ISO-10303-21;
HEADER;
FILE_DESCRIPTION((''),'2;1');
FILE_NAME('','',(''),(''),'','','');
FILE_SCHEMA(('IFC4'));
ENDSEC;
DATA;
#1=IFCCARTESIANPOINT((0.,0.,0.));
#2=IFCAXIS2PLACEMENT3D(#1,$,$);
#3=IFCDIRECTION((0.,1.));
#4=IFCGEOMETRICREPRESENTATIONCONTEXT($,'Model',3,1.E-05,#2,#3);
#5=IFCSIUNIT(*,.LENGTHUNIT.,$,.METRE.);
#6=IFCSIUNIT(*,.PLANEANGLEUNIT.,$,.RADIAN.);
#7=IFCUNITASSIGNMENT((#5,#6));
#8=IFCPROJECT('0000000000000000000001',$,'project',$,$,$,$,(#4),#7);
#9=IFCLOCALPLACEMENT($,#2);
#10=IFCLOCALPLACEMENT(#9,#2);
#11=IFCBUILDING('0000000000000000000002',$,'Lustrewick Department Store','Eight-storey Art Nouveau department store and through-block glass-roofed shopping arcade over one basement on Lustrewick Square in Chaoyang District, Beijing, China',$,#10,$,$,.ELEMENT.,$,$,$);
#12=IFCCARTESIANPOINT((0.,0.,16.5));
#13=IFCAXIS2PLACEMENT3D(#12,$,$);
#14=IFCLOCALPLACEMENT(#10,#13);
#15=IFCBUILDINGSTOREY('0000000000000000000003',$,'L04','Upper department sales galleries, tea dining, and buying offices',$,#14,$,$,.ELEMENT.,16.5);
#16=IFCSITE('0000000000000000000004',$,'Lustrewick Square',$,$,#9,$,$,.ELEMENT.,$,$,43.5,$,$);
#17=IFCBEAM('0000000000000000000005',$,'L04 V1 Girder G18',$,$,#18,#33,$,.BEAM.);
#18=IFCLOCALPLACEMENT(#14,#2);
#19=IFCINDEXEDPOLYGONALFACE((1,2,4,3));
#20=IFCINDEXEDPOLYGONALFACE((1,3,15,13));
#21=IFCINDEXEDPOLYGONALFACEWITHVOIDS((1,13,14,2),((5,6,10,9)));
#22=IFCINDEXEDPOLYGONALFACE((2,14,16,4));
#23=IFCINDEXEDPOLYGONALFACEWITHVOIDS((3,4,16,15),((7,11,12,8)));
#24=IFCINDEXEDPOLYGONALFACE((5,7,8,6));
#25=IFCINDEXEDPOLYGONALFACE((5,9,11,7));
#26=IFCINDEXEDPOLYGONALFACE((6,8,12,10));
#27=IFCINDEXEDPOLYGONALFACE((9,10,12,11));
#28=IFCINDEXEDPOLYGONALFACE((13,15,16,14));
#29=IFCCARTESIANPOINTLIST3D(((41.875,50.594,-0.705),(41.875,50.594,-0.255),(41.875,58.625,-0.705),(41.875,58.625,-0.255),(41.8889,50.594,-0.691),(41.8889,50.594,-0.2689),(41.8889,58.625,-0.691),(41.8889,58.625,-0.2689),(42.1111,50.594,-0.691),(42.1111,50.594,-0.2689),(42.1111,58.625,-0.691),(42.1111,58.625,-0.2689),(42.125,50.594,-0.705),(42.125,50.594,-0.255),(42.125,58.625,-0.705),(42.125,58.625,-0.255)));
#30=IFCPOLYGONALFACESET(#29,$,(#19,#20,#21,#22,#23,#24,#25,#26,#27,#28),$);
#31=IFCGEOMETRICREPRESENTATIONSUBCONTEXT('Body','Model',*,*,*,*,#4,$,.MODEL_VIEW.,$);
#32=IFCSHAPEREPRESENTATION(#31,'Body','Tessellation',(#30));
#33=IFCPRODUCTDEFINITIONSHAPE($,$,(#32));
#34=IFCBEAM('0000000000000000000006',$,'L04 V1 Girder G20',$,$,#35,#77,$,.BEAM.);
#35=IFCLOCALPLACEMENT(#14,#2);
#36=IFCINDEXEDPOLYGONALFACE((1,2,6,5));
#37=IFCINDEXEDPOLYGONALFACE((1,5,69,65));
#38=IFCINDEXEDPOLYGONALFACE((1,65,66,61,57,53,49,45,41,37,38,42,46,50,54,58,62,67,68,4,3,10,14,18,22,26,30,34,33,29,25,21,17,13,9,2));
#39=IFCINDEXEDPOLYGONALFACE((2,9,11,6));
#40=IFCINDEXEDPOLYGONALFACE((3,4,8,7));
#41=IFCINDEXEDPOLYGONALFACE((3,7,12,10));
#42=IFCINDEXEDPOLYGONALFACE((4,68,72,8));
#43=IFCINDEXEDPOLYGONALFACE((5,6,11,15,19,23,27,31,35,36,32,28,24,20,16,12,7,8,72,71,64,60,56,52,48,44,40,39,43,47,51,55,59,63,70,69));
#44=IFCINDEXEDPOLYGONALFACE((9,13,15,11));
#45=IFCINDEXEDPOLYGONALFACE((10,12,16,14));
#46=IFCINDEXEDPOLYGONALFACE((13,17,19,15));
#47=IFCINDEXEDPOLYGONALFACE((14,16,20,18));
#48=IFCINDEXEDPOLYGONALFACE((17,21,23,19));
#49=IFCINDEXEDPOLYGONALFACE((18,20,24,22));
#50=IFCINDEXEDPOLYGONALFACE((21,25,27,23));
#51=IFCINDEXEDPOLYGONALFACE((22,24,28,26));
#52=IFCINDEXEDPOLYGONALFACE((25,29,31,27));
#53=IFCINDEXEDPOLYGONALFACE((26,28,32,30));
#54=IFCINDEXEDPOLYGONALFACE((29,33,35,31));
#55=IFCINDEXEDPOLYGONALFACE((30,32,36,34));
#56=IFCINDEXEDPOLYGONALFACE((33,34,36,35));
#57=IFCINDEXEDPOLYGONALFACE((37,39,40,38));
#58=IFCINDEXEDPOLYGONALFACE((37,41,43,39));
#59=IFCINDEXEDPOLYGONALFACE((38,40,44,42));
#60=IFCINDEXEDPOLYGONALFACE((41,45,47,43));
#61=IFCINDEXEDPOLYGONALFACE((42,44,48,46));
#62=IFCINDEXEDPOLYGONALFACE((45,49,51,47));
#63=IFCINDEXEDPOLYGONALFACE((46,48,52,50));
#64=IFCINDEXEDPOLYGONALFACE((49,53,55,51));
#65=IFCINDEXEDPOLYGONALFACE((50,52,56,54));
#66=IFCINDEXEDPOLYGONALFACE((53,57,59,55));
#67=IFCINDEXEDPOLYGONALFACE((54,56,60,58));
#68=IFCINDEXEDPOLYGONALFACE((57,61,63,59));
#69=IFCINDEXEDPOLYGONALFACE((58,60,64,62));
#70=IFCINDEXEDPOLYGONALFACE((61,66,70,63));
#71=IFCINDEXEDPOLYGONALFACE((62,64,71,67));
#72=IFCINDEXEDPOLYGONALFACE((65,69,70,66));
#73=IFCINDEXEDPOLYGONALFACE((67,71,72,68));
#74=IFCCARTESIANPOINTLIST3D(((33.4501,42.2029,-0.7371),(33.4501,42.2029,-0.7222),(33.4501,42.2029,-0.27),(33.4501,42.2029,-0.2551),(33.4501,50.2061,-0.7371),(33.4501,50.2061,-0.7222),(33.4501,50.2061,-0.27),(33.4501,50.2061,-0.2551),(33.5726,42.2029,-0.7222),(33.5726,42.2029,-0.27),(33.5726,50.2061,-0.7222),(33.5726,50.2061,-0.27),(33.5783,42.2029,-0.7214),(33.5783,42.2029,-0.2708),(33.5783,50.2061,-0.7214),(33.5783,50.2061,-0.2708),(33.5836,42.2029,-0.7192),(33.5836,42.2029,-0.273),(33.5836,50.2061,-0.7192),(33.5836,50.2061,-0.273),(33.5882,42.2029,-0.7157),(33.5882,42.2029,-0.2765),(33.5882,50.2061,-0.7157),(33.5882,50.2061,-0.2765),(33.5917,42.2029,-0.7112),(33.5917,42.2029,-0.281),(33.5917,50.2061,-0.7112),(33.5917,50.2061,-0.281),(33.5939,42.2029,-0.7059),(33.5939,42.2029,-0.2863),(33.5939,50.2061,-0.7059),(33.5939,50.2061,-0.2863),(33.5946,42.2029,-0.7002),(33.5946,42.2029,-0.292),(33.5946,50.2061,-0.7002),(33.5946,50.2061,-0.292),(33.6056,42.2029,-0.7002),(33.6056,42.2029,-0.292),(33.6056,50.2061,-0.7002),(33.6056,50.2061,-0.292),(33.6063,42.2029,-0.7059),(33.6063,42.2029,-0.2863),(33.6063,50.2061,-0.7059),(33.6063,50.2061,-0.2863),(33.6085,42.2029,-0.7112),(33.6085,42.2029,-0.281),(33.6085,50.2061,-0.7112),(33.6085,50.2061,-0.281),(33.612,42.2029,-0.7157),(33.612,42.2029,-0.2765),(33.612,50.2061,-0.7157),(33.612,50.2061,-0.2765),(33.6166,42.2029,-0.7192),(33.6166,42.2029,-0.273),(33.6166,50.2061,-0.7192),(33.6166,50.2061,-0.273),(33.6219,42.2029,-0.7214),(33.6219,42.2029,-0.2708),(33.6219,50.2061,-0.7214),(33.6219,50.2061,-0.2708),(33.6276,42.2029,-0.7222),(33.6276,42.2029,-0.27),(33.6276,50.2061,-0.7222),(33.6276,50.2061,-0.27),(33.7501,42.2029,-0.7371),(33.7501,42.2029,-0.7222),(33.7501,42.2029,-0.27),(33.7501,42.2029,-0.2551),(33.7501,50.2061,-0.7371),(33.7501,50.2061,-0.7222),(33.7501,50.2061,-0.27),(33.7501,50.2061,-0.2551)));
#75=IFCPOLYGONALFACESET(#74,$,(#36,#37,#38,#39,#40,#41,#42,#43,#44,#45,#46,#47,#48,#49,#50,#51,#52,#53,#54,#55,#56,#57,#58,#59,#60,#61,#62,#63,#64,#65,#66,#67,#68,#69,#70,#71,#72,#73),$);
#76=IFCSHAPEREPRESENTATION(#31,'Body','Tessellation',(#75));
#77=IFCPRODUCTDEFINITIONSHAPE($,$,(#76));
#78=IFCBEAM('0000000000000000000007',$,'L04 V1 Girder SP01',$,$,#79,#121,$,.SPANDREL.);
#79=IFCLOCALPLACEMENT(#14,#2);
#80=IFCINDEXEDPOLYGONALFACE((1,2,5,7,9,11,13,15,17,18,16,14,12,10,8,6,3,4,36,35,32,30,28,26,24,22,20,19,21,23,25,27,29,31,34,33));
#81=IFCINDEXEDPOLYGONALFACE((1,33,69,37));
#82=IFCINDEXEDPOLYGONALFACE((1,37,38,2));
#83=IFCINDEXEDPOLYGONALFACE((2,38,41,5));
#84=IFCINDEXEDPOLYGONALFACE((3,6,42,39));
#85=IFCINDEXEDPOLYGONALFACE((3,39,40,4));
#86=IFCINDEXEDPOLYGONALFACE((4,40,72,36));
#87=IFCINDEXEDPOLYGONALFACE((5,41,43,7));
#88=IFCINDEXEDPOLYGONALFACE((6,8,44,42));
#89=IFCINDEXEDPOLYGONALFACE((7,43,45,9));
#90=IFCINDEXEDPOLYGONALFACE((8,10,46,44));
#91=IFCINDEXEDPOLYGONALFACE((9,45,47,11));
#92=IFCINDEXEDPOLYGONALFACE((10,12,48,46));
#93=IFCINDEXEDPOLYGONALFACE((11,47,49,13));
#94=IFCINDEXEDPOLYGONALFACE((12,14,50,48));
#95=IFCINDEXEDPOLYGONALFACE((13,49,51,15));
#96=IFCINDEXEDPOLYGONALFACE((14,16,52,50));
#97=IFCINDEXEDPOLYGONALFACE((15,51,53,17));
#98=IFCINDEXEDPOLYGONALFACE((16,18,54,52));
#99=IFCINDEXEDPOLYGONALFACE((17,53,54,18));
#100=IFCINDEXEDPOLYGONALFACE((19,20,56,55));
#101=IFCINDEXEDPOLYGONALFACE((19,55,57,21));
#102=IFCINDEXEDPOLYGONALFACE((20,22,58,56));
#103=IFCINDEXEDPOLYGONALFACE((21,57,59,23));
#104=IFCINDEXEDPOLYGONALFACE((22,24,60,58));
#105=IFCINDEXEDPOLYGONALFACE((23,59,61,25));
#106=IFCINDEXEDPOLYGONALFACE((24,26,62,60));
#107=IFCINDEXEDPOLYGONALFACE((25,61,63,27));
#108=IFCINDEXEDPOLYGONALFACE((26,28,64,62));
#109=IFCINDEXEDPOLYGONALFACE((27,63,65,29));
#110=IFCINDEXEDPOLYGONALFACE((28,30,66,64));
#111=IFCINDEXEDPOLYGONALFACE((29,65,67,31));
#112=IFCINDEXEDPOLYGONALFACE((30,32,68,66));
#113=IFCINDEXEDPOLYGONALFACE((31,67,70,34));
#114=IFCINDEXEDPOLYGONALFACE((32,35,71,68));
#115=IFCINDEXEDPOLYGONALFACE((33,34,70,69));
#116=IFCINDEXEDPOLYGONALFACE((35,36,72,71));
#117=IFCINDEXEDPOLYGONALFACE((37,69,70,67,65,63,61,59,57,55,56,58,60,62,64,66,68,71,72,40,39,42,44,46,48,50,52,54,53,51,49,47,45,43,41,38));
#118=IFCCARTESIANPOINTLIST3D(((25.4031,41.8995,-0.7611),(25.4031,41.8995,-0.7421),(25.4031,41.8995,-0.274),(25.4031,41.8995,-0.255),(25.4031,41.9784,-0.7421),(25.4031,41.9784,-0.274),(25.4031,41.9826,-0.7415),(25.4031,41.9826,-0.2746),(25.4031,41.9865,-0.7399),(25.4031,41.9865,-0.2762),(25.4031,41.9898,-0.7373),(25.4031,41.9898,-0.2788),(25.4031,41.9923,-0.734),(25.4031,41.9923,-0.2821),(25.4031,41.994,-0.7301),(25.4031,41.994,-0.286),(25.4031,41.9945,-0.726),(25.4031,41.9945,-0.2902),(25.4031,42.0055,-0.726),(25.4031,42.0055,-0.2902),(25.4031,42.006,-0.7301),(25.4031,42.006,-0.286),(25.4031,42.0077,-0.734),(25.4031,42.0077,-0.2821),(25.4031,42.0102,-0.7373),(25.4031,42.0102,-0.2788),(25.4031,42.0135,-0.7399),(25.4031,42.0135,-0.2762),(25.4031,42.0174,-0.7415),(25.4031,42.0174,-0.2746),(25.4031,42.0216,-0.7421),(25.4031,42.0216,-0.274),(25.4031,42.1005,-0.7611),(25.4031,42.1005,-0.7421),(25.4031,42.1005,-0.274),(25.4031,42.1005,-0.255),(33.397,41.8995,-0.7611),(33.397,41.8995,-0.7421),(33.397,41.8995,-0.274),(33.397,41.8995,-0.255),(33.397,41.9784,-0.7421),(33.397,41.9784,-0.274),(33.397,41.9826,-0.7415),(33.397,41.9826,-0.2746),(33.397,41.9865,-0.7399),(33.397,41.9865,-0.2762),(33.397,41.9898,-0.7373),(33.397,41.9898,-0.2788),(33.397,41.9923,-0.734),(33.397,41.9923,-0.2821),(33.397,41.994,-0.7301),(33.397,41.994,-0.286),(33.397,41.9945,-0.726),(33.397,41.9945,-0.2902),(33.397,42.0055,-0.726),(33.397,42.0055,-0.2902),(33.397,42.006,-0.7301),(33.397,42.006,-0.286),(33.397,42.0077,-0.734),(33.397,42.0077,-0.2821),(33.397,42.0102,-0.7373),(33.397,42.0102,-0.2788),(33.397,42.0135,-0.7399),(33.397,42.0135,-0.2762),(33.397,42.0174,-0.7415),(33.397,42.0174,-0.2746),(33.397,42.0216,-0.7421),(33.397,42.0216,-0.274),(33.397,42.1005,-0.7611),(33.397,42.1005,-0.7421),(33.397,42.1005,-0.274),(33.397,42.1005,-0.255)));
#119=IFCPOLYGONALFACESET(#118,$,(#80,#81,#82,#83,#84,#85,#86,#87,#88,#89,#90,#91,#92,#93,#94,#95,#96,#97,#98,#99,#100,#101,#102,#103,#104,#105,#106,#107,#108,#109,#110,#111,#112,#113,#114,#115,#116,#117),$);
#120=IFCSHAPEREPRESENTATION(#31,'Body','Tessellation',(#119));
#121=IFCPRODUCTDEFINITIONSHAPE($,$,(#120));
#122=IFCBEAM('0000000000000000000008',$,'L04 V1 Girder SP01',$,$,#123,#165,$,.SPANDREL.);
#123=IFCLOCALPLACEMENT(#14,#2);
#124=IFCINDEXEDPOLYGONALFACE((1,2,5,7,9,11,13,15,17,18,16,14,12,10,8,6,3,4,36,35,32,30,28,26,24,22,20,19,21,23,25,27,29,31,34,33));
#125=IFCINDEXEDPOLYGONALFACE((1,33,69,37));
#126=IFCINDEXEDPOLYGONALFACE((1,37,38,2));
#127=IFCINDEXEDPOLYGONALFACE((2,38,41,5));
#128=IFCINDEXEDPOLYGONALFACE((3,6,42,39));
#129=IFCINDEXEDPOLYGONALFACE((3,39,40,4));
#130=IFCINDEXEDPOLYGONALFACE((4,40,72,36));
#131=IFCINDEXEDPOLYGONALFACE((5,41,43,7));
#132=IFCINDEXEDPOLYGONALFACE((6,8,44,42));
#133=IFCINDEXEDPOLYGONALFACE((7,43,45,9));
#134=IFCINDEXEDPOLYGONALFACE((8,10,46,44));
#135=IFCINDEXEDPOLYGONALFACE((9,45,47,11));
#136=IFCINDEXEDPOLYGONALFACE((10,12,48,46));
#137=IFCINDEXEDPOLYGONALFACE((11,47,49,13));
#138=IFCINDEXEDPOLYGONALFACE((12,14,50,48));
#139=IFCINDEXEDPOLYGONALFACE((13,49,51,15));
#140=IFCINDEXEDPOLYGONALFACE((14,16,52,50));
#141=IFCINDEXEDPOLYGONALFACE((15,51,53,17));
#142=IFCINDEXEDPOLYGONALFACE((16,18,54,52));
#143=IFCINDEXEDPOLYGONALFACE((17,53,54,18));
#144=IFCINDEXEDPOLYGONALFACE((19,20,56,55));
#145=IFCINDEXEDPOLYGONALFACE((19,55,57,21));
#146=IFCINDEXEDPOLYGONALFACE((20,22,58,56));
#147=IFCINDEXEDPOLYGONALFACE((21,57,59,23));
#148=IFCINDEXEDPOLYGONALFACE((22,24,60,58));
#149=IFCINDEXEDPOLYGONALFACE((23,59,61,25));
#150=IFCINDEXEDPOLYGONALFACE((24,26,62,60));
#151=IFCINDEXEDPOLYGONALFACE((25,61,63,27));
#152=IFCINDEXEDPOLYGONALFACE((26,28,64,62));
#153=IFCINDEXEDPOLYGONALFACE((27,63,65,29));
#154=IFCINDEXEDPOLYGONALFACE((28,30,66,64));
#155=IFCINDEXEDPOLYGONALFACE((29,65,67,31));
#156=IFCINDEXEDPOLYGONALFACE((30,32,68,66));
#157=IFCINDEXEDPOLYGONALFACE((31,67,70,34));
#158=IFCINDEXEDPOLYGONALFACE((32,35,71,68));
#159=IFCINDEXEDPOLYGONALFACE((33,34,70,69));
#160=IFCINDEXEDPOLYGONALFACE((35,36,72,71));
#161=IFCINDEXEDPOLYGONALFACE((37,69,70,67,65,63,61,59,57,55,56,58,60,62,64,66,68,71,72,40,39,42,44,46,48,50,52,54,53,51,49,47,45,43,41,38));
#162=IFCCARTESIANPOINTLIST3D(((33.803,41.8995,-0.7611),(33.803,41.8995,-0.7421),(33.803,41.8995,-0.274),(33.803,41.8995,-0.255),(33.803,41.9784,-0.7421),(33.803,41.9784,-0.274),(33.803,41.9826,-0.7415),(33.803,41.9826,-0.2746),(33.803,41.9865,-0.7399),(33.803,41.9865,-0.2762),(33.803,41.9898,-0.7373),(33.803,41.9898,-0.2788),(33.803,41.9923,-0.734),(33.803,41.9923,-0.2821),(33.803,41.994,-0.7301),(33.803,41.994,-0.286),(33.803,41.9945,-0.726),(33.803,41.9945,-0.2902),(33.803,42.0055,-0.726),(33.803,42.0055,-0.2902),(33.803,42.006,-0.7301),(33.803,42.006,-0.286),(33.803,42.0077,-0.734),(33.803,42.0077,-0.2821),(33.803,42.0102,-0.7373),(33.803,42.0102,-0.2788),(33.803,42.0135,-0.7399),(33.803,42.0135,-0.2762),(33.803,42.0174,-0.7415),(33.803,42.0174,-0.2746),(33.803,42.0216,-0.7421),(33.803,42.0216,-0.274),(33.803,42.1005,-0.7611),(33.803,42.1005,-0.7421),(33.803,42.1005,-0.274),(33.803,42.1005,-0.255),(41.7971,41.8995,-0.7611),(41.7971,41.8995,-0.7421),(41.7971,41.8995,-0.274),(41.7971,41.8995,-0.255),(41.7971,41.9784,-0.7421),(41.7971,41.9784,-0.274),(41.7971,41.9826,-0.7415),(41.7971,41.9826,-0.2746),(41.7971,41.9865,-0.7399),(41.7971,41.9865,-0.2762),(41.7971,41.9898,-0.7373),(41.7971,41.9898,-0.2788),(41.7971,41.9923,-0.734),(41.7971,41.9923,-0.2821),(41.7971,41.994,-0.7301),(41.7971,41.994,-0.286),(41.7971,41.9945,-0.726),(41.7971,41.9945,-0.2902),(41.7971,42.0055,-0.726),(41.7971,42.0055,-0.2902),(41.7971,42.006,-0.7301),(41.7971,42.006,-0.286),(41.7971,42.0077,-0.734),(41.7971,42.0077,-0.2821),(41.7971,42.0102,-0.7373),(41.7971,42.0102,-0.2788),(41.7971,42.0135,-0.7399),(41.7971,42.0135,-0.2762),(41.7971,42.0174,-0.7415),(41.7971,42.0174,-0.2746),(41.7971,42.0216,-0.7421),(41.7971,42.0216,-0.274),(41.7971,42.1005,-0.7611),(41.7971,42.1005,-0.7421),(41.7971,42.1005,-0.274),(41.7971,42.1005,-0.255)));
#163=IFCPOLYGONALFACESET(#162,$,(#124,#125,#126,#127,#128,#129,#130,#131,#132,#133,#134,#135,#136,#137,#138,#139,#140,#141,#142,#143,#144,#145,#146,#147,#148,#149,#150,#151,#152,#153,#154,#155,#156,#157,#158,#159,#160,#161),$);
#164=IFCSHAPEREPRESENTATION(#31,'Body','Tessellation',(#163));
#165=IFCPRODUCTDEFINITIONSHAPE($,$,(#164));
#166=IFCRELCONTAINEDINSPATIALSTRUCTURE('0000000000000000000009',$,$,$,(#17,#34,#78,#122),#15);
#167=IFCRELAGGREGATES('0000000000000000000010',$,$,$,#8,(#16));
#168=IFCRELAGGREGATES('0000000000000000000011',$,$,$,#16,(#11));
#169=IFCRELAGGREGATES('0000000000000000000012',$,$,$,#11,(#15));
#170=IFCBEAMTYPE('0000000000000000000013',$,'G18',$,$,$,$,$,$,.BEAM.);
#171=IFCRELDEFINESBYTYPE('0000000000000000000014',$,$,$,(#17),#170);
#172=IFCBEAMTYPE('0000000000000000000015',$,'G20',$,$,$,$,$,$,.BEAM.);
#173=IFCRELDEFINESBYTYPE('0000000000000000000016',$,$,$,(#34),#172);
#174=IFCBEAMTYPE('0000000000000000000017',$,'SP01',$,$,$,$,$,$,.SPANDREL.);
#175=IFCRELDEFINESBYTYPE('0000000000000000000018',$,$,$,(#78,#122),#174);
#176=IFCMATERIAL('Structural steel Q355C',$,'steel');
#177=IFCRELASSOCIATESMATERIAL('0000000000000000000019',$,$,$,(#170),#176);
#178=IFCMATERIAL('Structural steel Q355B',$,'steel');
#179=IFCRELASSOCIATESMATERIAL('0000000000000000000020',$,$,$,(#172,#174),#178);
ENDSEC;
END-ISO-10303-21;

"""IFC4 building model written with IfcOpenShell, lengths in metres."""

from ifc_helpers import new_model, si_unit, direction, frame, origin, origin_2d, place, context, subcontext, project, spatial, hollow_rectangle, i_section, extrude, material, material_profile, profile_set, type_object, element, save


model = new_model("IFC4")

# Units and contexts
model_context = context("Model", 3, precision=1e-05, world=origin(), true_north=direction((0.0, 1.0)))
body_context = subcontext(model_context, "Body", "Model", "MODEL_VIEW")
ifc_project = project(units=[si_unit("LENGTHUNIT", "METRE"), si_unit("PLANEANGLEUNIT", "RADIAN")], contexts=[model_context])

# Site, building, storey
site_placement = place(None, origin())
site = spatial("IfcSite", under=ifc_project, at=site_placement, Name="Lustrewick Square", CompositionType="ELEMENT", RefElevation=43.5)
building_placement = place(site_placement, origin())
building = spatial("IfcBuilding", under=site, at=building_placement, Name="Lustrewick Department Store", Description="Eight-storey Art Nouveau department store and through-block glass-roofed shopping arcade over one basement on Lustrewick Square in Chaoyang District, Beijing, China", CompositionType="ELEMENT")
storey_placement = place(building_placement, frame((0.0, 0.0, 16.5)))
storey = spatial("IfcBuildingStorey", under=building, at=storey_placement, Name="L04", Description="Upper department sales galleries, tea dining, and buying offices", CompositionType="ELEMENT", Elevation=16.5)

# Shared definitions
ifc_material_1 = material(Name="Structural steel Q355B", Category="steel")
ifc_material_2 = material(Name="Structural steel Q355C", Category="steel")

# Beams
ifc_material_profile_1 = material_profile(ifc_material_2, hollow_rectangle(XDim=0.25, YDim=0.45, WallThickness=0.0139, at=origin_2d()), Name="RHS 450x250x14")
ifc_profile_set_1 = profile_set([ifc_material_profile_1], Name="Structural steel Q355C")
beam_type_1 = type_object("IfcBeamType", Name="G18", PredefinedType="BEAM", material=ifc_profile_set_1)
beam_1_placement = place(storey_placement, frame((42.0, 50.594, -0.48), z_axis=(0.0, 1.0, 0.0), x_axis=(-1.0, 0.0, 0.0)))
element("IfcBeam", 1, at=beam_1_placement, inside=storey, type_object=beam_type_1, Name="L04 V1 Girder G18", PredefinedType="BEAM", context=body_context, shape_type="SweptSolid", body=[
    extrude(hollow_rectangle(XDim=0.25, YDim=0.45, WallThickness=0.0139, at=origin_2d()), origin(), (0.0, 0.0, 1.0), 8.031),
])
ifc_material_profile_2 = material_profile(ifc_material_1, i_section(OverallWidth=0.3, OverallDepth=0.4819, WebThickness=0.011, FlangeThickness=0.0149, FilletRadius=0.022, at=origin_2d()), Name="HM 482x300x11x15")
ifc_profile_set_2 = profile_set([ifc_material_profile_2], Name="Structural steel Q355B")
beam_type_2 = type_object("IfcBeamType", Name="G20", PredefinedType="BEAM", material=ifc_profile_set_2)
beam_2_placement = place(storey_placement, frame((33.6001, 42.2029, -0.4961), z_axis=(0.0, 1.0, 0.0), x_axis=(-1.0, 0.0, 0.0)))
element("IfcBeam", 2, at=beam_2_placement, inside=storey, type_object=beam_type_2, Name="L04 V1 Girder G20", PredefinedType="BEAM", context=body_context, shape_type="SweptSolid", body=[
    extrude(i_section(OverallWidth=0.3, OverallDepth=0.4819, WebThickness=0.011, FlangeThickness=0.0149, FilletRadius=0.022, at=origin_2d()), origin(), (0.0, 0.0, 1.0), 8.0032),
])
ifc_material_profile_3 = material_profile(ifc_material_1, i_section(OverallWidth=0.2009, OverallDepth=0.5061, WebThickness=0.011, FlangeThickness=0.019, FilletRadius=0.0161, at=origin_2d()), Name="HN 506x201x11x19")
ifc_profile_set_3 = profile_set([ifc_material_profile_3], Name="Structural steel Q355B")
beam_type_3 = type_object("IfcBeamType", Name="SP01", PredefinedType="SPANDREL", material=ifc_profile_set_3)
beam_3_placement = place(storey_placement, frame((25.4031, 42.0, -0.5081), z_axis=(1.0, 0.0, 0.0), x_axis=(0.0, 1.0, 0.0)))
element("IfcBeam", 3, at=beam_3_placement, inside=storey, type_object=beam_type_3, Name="L04 V1 Girder SP01", PredefinedType="SPANDREL", context=body_context, shape_type="SweptSolid", body=[
    extrude(i_section(OverallWidth=0.2009, OverallDepth=0.5061, WebThickness=0.011, FlangeThickness=0.019, FilletRadius=0.0161, at=origin_2d()), origin(), (0.0, 0.0, 1.0), 7.9939),
])
for number, where, z_axis, x_axis, name in (
    (4, (33.803, 42.0, -0.5081), (1.0, 0.0, 0.0), (0.0, 1.0, 0.0), "L04 V1 Girder SP01"),
):
    element("IfcBeam", number, at=place(storey_placement, frame(where, z_axis=z_axis, x_axis=x_axis)), inside=storey, type_object=beam_type_3, Name=name, PredefinedType="SPANDREL", context=body_context, shape_type="SweptSolid", body=[
        extrude(i_section(OverallWidth=0.2009, OverallDepth=0.5061, WebThickness=0.011, FlangeThickness=0.019, FilletRadius=0.0161, at=origin_2d()), origin(), (0.0, 0.0, 1.0), 7.9941),
    ])

save(model, "model.ifc")
